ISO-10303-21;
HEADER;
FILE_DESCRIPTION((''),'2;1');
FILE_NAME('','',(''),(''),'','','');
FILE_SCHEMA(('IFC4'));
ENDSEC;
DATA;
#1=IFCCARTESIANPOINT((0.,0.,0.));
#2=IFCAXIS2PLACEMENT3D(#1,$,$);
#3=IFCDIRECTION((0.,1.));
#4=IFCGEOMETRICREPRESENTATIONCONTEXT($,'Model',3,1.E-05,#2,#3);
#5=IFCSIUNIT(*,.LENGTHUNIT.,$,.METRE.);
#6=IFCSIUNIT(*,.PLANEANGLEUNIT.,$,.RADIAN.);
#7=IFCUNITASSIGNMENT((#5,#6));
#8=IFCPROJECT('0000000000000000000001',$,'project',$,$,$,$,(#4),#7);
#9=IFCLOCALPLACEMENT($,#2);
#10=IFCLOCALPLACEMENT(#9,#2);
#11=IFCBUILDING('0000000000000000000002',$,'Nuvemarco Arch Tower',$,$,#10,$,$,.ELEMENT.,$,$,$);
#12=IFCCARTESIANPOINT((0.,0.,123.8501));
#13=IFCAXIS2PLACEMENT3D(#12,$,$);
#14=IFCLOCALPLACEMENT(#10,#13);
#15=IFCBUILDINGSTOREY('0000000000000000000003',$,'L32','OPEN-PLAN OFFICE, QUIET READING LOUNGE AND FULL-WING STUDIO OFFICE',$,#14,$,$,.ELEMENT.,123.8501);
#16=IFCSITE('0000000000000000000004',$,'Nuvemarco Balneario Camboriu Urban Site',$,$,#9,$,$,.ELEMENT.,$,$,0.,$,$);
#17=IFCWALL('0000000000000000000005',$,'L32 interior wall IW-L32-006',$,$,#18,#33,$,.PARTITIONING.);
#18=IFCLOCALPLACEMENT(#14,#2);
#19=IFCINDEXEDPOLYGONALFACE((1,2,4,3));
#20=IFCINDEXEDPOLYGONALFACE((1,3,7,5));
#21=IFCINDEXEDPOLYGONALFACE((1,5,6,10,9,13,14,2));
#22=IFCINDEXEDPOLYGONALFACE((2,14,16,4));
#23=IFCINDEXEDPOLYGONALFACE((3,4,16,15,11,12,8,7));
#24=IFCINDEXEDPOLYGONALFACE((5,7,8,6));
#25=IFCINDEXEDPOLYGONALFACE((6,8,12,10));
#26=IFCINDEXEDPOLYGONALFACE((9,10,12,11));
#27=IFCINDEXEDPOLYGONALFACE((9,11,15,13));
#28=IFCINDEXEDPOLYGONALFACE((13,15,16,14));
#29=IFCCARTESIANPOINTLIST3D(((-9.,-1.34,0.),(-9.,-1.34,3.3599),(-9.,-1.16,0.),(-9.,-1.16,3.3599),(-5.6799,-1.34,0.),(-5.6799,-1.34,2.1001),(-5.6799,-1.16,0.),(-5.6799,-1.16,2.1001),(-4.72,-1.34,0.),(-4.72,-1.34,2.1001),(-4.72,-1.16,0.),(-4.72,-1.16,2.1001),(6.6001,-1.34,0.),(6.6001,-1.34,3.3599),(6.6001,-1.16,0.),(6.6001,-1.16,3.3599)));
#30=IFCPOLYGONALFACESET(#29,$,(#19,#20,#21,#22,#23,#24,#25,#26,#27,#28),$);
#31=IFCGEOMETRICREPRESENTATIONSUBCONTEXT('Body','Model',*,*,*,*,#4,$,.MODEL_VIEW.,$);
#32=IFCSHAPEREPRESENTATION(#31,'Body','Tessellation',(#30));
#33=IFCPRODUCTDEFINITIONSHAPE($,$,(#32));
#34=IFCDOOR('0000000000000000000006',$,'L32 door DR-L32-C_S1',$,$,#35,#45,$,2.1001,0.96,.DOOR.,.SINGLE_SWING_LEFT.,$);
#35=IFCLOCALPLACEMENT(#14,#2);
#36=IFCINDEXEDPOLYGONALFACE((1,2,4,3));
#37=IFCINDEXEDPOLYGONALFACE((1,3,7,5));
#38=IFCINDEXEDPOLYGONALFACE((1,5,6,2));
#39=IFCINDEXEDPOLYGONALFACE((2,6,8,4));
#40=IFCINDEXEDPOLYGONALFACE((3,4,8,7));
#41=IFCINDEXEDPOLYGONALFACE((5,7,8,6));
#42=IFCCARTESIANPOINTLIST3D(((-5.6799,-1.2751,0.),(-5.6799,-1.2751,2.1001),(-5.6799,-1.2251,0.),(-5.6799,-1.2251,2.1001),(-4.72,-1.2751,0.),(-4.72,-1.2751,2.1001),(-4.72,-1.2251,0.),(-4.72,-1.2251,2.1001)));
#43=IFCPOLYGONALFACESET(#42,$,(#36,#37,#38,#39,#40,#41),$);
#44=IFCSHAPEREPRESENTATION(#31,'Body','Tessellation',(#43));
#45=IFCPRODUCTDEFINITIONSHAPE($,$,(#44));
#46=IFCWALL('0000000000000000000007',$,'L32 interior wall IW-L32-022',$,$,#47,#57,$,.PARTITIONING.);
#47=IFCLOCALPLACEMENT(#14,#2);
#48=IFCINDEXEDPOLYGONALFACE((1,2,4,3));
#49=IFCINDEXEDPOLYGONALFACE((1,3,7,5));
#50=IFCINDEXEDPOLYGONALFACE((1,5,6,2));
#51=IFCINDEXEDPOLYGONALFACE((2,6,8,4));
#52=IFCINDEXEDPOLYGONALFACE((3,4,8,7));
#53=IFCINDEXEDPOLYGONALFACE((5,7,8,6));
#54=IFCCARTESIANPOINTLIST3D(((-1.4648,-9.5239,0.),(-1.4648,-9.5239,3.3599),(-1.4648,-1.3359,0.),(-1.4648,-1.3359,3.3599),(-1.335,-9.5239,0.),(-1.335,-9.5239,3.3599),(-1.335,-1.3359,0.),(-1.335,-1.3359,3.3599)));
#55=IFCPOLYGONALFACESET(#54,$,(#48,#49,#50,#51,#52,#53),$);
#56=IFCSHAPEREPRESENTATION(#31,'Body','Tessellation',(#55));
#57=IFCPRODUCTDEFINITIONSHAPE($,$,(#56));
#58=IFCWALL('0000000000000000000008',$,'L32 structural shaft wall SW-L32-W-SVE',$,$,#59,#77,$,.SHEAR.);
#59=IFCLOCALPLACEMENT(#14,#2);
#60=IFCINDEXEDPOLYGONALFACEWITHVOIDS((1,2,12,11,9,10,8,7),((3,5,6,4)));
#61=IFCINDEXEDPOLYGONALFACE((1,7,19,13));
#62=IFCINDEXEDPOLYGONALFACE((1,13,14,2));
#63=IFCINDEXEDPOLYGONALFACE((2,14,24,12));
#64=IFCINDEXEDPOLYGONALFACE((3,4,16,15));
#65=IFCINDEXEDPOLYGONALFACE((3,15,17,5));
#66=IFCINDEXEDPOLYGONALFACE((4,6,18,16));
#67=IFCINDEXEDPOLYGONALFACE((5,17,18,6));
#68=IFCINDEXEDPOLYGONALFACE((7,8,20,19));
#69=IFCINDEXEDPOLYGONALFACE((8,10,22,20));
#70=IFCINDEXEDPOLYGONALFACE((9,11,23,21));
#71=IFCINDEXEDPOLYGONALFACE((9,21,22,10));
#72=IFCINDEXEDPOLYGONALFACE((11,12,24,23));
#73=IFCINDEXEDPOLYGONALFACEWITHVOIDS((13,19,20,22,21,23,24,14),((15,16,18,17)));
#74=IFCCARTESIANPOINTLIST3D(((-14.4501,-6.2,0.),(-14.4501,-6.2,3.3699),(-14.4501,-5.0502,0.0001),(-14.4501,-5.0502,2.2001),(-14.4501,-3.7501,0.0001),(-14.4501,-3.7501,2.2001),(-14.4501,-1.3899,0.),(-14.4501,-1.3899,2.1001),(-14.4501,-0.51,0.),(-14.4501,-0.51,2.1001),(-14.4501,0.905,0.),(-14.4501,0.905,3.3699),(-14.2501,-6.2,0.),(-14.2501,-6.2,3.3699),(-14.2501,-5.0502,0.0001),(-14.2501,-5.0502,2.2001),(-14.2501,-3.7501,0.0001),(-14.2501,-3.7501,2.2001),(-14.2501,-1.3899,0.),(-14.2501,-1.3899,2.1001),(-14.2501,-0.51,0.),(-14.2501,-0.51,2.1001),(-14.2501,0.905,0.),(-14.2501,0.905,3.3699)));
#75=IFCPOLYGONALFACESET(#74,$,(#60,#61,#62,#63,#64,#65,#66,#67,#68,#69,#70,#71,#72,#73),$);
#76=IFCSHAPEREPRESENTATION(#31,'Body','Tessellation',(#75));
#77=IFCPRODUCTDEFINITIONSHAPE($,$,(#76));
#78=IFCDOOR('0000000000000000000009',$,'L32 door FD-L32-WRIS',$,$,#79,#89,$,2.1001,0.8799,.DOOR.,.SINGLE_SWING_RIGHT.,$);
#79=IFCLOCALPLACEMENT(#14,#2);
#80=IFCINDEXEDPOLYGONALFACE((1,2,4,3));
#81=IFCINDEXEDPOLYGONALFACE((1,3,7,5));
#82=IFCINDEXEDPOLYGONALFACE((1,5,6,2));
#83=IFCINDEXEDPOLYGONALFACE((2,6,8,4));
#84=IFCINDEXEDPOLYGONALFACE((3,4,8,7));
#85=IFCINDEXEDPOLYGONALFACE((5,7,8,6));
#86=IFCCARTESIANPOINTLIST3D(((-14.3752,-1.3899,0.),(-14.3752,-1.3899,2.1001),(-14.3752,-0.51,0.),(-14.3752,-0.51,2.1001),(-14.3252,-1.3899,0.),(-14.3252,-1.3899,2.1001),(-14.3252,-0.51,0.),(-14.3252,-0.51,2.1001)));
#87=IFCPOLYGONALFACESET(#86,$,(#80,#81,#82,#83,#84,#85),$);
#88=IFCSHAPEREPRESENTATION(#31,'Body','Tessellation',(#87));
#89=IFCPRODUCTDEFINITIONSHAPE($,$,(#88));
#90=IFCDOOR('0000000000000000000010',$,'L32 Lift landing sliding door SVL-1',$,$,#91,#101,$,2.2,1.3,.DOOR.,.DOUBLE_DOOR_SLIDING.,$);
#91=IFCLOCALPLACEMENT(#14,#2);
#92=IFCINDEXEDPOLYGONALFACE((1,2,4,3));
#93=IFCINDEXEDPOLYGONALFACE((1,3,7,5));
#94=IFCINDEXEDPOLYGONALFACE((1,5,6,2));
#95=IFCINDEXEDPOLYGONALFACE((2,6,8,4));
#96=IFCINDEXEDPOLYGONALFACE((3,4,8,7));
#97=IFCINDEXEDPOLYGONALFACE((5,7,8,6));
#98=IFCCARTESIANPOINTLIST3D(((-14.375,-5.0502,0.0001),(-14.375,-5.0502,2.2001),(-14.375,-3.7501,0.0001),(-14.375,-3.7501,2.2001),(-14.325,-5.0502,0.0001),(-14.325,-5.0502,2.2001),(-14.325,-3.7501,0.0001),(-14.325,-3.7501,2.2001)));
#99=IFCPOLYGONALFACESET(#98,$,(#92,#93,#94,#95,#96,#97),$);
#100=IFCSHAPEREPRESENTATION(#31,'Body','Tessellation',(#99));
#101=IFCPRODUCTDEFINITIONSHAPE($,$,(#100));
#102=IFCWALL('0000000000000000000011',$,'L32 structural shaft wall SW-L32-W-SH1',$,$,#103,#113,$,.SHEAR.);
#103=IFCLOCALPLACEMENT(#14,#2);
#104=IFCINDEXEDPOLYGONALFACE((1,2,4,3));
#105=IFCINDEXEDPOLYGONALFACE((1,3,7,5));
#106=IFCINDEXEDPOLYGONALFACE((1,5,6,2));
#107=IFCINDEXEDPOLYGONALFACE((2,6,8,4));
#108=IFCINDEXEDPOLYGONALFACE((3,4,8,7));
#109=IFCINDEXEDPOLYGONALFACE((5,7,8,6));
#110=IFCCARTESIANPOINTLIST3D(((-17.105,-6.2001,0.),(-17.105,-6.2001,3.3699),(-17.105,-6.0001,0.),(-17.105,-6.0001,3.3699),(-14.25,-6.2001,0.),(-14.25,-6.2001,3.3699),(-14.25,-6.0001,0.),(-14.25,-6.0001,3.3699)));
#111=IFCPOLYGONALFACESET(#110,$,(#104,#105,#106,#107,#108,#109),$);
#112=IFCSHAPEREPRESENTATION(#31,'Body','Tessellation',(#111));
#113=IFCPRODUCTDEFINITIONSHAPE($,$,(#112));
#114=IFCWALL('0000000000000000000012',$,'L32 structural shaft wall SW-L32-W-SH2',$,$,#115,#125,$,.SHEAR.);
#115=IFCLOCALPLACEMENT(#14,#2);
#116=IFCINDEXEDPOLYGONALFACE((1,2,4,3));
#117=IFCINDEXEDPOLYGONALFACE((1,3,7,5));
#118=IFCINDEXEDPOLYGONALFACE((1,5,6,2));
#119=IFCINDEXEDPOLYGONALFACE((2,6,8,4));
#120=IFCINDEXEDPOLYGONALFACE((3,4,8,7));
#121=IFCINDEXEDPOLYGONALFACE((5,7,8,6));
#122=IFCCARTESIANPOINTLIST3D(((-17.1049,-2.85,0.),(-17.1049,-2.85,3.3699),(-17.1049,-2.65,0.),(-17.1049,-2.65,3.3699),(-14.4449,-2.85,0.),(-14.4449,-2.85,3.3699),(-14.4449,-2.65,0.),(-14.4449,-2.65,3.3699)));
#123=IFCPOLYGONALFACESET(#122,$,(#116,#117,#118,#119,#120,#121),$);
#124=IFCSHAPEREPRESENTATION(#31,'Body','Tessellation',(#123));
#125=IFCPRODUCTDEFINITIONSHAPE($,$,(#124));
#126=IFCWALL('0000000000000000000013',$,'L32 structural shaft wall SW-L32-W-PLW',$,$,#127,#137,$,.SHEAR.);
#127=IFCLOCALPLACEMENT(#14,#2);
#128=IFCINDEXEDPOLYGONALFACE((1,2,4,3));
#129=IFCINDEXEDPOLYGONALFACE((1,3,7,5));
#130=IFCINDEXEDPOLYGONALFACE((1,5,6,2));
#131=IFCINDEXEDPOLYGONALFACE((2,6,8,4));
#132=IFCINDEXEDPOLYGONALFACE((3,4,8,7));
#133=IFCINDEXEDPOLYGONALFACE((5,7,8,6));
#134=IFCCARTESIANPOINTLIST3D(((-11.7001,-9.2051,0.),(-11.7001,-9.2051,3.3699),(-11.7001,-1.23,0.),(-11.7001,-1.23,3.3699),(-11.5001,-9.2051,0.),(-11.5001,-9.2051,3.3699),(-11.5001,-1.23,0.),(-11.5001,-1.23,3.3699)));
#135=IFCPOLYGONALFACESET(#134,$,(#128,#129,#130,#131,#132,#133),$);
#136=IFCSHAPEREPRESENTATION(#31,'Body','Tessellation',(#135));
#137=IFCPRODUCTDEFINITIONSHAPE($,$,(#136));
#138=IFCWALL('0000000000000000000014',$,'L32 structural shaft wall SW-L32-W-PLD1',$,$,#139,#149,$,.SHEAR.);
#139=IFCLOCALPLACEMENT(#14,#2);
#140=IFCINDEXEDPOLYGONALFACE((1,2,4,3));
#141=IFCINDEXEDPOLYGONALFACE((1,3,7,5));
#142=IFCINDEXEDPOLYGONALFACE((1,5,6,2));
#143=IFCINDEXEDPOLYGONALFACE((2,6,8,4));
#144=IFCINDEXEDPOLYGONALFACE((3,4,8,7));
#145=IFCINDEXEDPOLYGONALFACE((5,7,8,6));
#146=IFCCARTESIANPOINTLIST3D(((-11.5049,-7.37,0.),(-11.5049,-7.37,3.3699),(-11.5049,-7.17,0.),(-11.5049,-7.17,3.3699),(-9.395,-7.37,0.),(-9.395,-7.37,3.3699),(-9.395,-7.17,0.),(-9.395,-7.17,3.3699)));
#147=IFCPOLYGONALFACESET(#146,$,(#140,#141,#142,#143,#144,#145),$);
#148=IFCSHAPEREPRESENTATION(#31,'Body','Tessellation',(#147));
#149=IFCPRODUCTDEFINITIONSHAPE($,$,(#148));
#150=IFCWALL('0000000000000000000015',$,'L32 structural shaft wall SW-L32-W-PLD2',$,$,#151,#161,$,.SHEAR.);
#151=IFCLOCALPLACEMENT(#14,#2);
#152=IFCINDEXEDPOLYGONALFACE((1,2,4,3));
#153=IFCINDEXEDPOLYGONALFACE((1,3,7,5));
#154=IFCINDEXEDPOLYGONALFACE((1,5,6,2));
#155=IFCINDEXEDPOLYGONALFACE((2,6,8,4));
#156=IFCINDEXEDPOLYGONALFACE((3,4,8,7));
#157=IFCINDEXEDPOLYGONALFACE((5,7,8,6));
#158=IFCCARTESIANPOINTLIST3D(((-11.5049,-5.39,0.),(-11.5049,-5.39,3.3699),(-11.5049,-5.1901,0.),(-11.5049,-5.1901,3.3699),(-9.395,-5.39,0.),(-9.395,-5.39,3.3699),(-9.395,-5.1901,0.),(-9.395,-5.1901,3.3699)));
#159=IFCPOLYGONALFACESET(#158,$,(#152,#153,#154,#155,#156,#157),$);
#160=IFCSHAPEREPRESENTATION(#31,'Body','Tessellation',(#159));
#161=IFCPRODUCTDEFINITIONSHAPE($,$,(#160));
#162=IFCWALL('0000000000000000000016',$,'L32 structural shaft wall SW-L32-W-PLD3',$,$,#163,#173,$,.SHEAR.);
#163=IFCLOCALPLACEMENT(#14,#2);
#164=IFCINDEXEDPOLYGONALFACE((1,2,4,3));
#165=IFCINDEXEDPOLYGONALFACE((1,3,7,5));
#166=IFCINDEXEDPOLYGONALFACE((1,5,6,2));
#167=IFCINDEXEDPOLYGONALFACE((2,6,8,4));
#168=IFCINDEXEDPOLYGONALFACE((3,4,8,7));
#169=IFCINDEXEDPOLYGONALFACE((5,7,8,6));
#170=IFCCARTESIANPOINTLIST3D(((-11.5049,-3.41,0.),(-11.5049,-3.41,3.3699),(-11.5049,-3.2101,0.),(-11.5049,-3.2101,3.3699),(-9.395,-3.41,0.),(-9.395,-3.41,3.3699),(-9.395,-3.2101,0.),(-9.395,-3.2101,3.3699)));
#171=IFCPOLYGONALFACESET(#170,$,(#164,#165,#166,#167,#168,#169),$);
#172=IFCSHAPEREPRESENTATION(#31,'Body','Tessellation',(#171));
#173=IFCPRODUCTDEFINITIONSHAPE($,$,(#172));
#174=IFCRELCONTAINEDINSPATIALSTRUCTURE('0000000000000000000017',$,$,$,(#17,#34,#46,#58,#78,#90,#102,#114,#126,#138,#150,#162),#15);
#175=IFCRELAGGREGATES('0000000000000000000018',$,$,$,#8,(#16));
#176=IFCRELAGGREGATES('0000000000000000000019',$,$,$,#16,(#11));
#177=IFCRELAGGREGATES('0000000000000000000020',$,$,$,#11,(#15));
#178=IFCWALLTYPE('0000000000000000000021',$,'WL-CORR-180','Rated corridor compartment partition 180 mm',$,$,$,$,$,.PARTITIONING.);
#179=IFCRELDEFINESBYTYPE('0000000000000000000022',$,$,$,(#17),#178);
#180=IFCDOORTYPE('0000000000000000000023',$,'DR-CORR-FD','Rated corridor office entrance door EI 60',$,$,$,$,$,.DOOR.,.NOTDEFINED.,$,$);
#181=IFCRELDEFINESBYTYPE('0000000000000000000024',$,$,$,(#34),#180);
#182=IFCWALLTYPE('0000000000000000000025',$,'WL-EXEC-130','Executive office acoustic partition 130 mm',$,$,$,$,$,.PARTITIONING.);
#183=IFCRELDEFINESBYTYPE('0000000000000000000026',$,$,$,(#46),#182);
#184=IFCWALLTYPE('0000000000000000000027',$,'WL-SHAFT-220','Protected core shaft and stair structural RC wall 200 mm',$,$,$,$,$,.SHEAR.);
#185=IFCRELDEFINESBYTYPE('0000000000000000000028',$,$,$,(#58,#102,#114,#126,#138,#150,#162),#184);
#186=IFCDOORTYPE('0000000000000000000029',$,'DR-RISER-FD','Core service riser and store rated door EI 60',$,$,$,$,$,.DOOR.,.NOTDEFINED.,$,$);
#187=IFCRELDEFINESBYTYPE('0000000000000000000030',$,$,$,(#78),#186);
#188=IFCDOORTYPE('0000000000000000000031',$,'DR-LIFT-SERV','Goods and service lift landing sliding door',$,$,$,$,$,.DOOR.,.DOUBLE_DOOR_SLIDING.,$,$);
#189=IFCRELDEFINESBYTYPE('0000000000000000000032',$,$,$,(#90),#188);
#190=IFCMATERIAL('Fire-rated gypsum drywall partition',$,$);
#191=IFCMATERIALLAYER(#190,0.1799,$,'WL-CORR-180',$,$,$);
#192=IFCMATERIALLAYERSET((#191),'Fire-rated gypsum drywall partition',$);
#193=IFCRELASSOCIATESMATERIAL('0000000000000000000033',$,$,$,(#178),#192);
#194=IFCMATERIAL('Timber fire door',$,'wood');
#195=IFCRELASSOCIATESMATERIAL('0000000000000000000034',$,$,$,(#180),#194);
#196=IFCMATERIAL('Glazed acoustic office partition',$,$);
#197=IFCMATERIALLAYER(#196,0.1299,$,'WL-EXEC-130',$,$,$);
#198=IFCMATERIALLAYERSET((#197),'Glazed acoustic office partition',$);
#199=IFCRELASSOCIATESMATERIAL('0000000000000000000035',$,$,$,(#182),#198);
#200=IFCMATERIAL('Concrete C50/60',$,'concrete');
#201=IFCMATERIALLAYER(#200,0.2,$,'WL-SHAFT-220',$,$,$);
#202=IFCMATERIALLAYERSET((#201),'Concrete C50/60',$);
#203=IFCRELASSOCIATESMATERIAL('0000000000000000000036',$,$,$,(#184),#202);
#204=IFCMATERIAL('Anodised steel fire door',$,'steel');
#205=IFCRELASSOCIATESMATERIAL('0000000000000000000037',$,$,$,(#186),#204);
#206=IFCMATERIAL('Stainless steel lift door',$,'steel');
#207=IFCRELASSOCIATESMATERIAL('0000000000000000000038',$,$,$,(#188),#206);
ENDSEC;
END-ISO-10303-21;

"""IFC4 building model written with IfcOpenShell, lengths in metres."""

from ifc_helpers import new_model, si_unit, direction, frame, frame_2d, origin, place, context, subcontext, project, spatial, rectangle, extrude, source, transform, mapped, material, layer, layer_set, type_object, type_shapes, element, fill, save


model = new_model("IFC4")

# Units and contexts
model_context = context("Model", 3, precision=1e-05, world=origin(), true_north=direction((0.0, 1.0)))
body_context = subcontext(model_context, "Body", "Model", "MODEL_VIEW")
ifc_project = project(units=[si_unit("LENGTHUNIT", "METRE"), si_unit("PLANEANGLEUNIT", "RADIAN")], contexts=[model_context])

# Site, building, storey
site_placement = place(None, origin())
site = spatial("IfcSite", under=ifc_project, at=site_placement, Name="Nuvemarco Balneario Camboriu Urban Site", CompositionType="ELEMENT", RefElevation=0.0)
building_placement = place(site_placement, origin())
building = spatial("IfcBuilding", under=site, at=building_placement, Name="Nuvemarco Arch Tower", CompositionType="ELEMENT")
storey_placement = place(building_placement, frame((0.0, 0.0, 123.8501)))
storey = spatial("IfcBuildingStorey", under=building, at=storey_placement, Name="L32", Description="OPEN-PLAN OFFICE, QUIET READING LOUNGE AND FULL-WING STUDIO OFFICE", CompositionType="ELEMENT", Elevation=123.8501)

# Shared definitions
ifc_material_1 = material(Name="Concrete C50/60", Category="concrete")

# Wall, opening, door
ifc_material_2 = material(Name="Anodised steel fire door", Category="steel")
ifc_material_3 = material(Name="Fire-rated gypsum drywall partition")
ifc_layer_1 = layer(ifc_material_3, 0.1799, Name="WL-CORR-180")
ifc_layer_set_1 = layer_set([ifc_layer_1], Name="Fire-rated gypsum drywall partition")
wall_type_1 = type_object("IfcWallType", Name="WL-CORR-180", Description="Rated corridor compartment partition 180 mm", PredefinedType="PARTITIONING", material=ifc_layer_set_1)
wall_1_placement = place(storey_placement, frame((-9.0, -1.25, 0.0), z_axis=(0.0, 0.0, 1.0), x_axis=(1.0, 0.0, 0.0)))
wall_1 = element("IfcWall", 1, at=wall_1_placement, inside=storey, type_object=wall_type_1, Name="L32 interior wall IW-L32-006", PredefinedType="PARTITIONING", context=body_context, shape_type="SweptSolid", body=[
    extrude(rectangle(XDim=15.6001, YDim=0.1799, at=frame_2d((7.8, 0.0))), origin(), (0.0, 0.0, 1.0), 3.3599),
])
opening_1_placement = place(wall_1_placement, frame((3.3201, 0.0, 0.0)))
opening_1 = element("IfcOpeningElement", 2, at=opening_1_placement, cuts=wall_1, PredefinedType="OPENING", context=body_context, shape_type="SweptSolid", body=[
    extrude(rectangle(XDim=0.96, YDim=2.1001, at=frame_2d((0.48, 1.05))), frame((0.0, 0.0999, 0.0), z_axis=(0.0, -1.0, 0.0), x_axis=(1.0, 0.0, 0.0)), (0.0, 0.0, 1.0), 0.2),
])
ifc_material_4 = material(Name="Timber fire door", Category="wood")
door_type_1 = type_object("IfcDoorType", Name="DR-CORR-FD", Description="Rated corridor office entrance door EI 60", OperationType="NOTDEFINED", PredefinedType="DOOR", material=ifc_material_4)
shared_shape_1 = source(origin(), body_context, "Body", "SweptSolid", [
    extrude(rectangle(XDim=0.96, YDim=2.1001, at=frame_2d((0.48, 1.05))), frame((0.0, 0.0249, 0.0), z_axis=(0.0, -1.0, 0.0), x_axis=(1.0, 0.0, 0.0)), (0.0, 0.0, 1.0), 0.05),
])
type_shapes(door_type_1, [shared_shape_1])
door_1_placement = place(opening_1_placement, origin())
door_1 = element("IfcDoor", 3, at=door_1_placement, inside=storey, type_object=door_type_1, Name="L32 door DR-L32-C_S1", OperationType="SINGLE_SWING_LEFT", OverallHeight=2.1001, OverallWidth=0.96, PredefinedType="DOOR", context=body_context, shape_type="MappedRepresentation", body=[
    mapped(shared_shape_1, transform((0.0, 0.0, 0.0), scale=1.0)),
])
fill(opening_1, door_1)

# Wall
ifc_material_5 = material(Name="Glazed acoustic office partition")
ifc_layer_2 = layer(ifc_material_5, 0.1299, Name="WL-EXEC-130")
ifc_layer_set_2 = layer_set([ifc_layer_2], Name="Glazed acoustic office partition")
wall_type_2 = type_object("IfcWallType", Name="WL-EXEC-130", Description="Executive office acoustic partition 130 mm", PredefinedType="PARTITIONING", material=ifc_layer_set_2)
wall_2_placement = place(storey_placement, frame((-1.3999, -9.5239, 0.0), z_axis=(0.0, 0.0, 1.0), x_axis=(0.0, 1.0, 0.0)))
element("IfcWall", 4, at=wall_2_placement, inside=storey, type_object=wall_type_2, Name="L32 interior wall IW-L32-022", PredefinedType="PARTITIONING", context=body_context, shape_type="SweptSolid", body=[
    extrude(rectangle(XDim=8.188, YDim=0.1299, at=frame_2d((4.094, 0.0))), origin(), (0.0, 0.0, 1.0), 3.3599),
])

# Shared definitions
ifc_layer_3 = layer(ifc_material_1, 0.2, Name="WL-SHAFT-220")
ifc_layer_set_3 = layer_set([ifc_layer_3], Name="Concrete C50/60")
wall_type_3 = type_object("IfcWallType", Name="WL-SHAFT-220", Description="Protected core shaft and stair structural RC wall 200 mm", PredefinedType="SHEAR", material=ifc_layer_set_3)
ifc_material_6 = material(Name="Stainless steel lift door", Category="steel")

# Wall, openings, doors
wall_3_placement = place(storey_placement, frame((-14.3501, -6.2, 0.0), z_axis=(0.0, 0.0, 1.0), x_axis=(0.0, 1.0, 0.0)))
wall_3 = element("IfcWall", 5, at=wall_3_placement, inside=storey, type_object=wall_type_3, Name="L32 structural shaft wall SW-L32-W-SVE", PredefinedType="SHEAR", context=body_context, shape_type="SweptSolid", body=[
    extrude(rectangle(XDim=7.105, YDim=0.2, at=frame_2d((3.5525, 0.0))), origin(), (0.0, 0.0, 1.0), 3.3699),
])
opening_2_placement = place(wall_3_placement, frame((5.6899, 0.0, 0.0), z_axis=(0.0, 0.0, 1.0), x_axis=(-1.0, 0.0, 0.0)))
opening_2 = element("IfcOpeningElement", 6, at=opening_2_placement, cuts=wall_3, PredefinedType="OPENING", context=body_context, shape_type="SweptSolid", body=[
    extrude(rectangle(XDim=0.8799, YDim=2.1001, at=frame_2d((0.4399, 1.05))), frame((0.0, 0.1099, 0.0), z_axis=(0.0, -1.0, 0.0), x_axis=(1.0, 0.0, 0.0)), (0.0, 0.0, 1.0), 0.22),
])
opening_3_placement = place(wall_3_placement, frame((1.1499, 0.0, 0.0)))
opening_3 = element("IfcOpeningElement", 7, at=opening_3_placement, cuts=wall_3, PredefinedType="OPENING", context=body_context, shape_type="SweptSolid", body=[
    extrude(rectangle(XDim=1.3, YDim=2.2, at=frame_2d((0.6499, 1.1001))), frame((0.0, 0.1099, 0.0), z_axis=(0.0, -1.0, 0.0), x_axis=(1.0, 0.0, 0.0)), (0.0, 0.0, 1.0), 0.22),
])
door_type_2 = type_object("IfcDoorType", Name="DR-RISER-FD", Description="Core service riser and store rated door EI 60", OperationType="NOTDEFINED", PredefinedType="DOOR", material=ifc_material_2)
shared_shape_2 = source(origin(), body_context, "Body", "SweptSolid", [
    extrude(rectangle(XDim=0.8799, YDim=2.1001, at=frame_2d((0.4399, 1.05))), frame((0.0, 0.0249, 0.0), z_axis=(0.0, -1.0, 0.0), x_axis=(1.0, 0.0, 0.0)), (0.0, 0.0, 1.0), 0.05),
])
type_shapes(door_type_2, [shared_shape_2])
door_2_placement = place(opening_2_placement, origin())
door_2 = element("IfcDoor", 8, at=door_2_placement, inside=storey, type_object=door_type_2, Name="L32 door FD-L32-WRIS", OperationType="SINGLE_SWING_RIGHT", OverallHeight=2.1001, OverallWidth=0.8799, PredefinedType="DOOR", context=body_context, shape_type="MappedRepresentation", body=[
    mapped(shared_shape_2, transform((0.0, 0.0, 0.0), scale=1.0)),
])
fill(opening_2, door_2)
door_type_3 = type_object("IfcDoorType", Name="DR-LIFT-SERV", Description="Goods and service lift landing sliding door", OperationType="DOUBLE_DOOR_SLIDING", PredefinedType="DOOR", material=ifc_material_6)
shared_shape_3 = source(origin(), body_context, "Body", "SweptSolid", [
    extrude(rectangle(XDim=1.3, YDim=2.2, at=frame_2d((0.6499, 1.1001))), frame((0.0, 0.0249, 0.0), z_axis=(0.0, -1.0, 0.0), x_axis=(1.0, 0.0, 0.0)), (0.0, 0.0, 1.0), 0.05),
])
type_shapes(door_type_3, [shared_shape_3])
door_3_placement = place(opening_3_placement, origin())
door_3 = element("IfcDoor", 9, at=door_3_placement, inside=storey, type_object=door_type_3, Name="L32 Lift landing sliding door SVL-1", OperationType="DOUBLE_DOOR_SLIDING", OverallHeight=2.2, OverallWidth=1.3, PredefinedType="DOOR", context=body_context, shape_type="MappedRepresentation", body=[
    mapped(shared_shape_3, transform((0.0, 0.0, 0.0), scale=1.0)),
])
fill(opening_3, door_3)

# Walls
wall_4_placement = place(storey_placement, frame((-17.105, -6.1001, 0.0), z_axis=(0.0, 0.0, 1.0), x_axis=(1.0, 0.0, 0.0)))
element("IfcWall", 10, at=wall_4_placement, inside=storey, type_object=wall_type_3, Name="L32 structural shaft wall SW-L32-W-SH1", PredefinedType="SHEAR", context=body_context, shape_type="SweptSolid", body=[
    extrude(rectangle(XDim=2.855, YDim=0.2, at=frame_2d((1.4275, 0.0))), origin(), (0.0, 0.0, 1.0), 3.3699),
])
wall_5_placement = place(storey_placement, frame((-17.105, -2.75, 0.0), z_axis=(0.0, 0.0, 1.0), x_axis=(1.0, 0.0, 0.0)))
element("IfcWall", 11, at=wall_5_placement, inside=storey, type_object=wall_type_3, Name="L32 structural shaft wall SW-L32-W-SH2", PredefinedType="SHEAR", context=body_context, shape_type="SweptSolid", body=[
    extrude(rectangle(XDim=2.6599, YDim=0.2, at=frame_2d((1.3301, 0.0))), origin(), (0.0, 0.0, 1.0), 3.3699),
])
wall_6_placement = place(storey_placement, frame((-11.6001, -9.2051, 0.0), z_axis=(0.0, 0.0, 1.0), x_axis=(0.0, 1.0, 0.0)))
element("IfcWall", 12, at=wall_6_placement, inside=storey, type_object=wall_type_3, Name="L32 structural shaft wall SW-L32-W-PLW", PredefinedType="SHEAR", context=body_context, shape_type="SweptSolid", body=[
    extrude(rectangle(XDim=7.9751, YDim=0.2, at=frame_2d((3.9875, 0.0))), origin(), (0.0, 0.0, 1.0), 3.3699),
])

# Walls
for number, where, z_axis, x_axis, name in (
    (13, (-11.5049, -7.27, 0.0), (0.0, 0.0, 1.0), (1.0, 0.0, 0.0), "L32 structural shaft wall SW-L32-W-PLD1"),
    (14, (-11.5049, -5.29, 0.0), (0.0, 0.0, 1.0), (1.0, 0.0, 0.0), "L32 structural shaft wall SW-L32-W-PLD2"),
    (15, (-11.5049, -3.3101, 0.0), (0.0, 0.0, 1.0), (1.0, 0.0, 0.0), "L32 structural shaft wall SW-L32-W-PLD3"),
):
    element("IfcWall", number, at=place(storey_placement, frame(where, z_axis=z_axis, x_axis=x_axis)), inside=storey, type_object=wall_type_3, Name=name, PredefinedType="SHEAR", context=body_context, shape_type="SweptSolid", body=[
        extrude(rectangle(XDim=2.1099, YDim=0.2, at=frame_2d((1.0549, 0.0))), origin(), (0.0, 0.0, 1.0), 3.3699),
    ])

save(model, "model.ifc")
